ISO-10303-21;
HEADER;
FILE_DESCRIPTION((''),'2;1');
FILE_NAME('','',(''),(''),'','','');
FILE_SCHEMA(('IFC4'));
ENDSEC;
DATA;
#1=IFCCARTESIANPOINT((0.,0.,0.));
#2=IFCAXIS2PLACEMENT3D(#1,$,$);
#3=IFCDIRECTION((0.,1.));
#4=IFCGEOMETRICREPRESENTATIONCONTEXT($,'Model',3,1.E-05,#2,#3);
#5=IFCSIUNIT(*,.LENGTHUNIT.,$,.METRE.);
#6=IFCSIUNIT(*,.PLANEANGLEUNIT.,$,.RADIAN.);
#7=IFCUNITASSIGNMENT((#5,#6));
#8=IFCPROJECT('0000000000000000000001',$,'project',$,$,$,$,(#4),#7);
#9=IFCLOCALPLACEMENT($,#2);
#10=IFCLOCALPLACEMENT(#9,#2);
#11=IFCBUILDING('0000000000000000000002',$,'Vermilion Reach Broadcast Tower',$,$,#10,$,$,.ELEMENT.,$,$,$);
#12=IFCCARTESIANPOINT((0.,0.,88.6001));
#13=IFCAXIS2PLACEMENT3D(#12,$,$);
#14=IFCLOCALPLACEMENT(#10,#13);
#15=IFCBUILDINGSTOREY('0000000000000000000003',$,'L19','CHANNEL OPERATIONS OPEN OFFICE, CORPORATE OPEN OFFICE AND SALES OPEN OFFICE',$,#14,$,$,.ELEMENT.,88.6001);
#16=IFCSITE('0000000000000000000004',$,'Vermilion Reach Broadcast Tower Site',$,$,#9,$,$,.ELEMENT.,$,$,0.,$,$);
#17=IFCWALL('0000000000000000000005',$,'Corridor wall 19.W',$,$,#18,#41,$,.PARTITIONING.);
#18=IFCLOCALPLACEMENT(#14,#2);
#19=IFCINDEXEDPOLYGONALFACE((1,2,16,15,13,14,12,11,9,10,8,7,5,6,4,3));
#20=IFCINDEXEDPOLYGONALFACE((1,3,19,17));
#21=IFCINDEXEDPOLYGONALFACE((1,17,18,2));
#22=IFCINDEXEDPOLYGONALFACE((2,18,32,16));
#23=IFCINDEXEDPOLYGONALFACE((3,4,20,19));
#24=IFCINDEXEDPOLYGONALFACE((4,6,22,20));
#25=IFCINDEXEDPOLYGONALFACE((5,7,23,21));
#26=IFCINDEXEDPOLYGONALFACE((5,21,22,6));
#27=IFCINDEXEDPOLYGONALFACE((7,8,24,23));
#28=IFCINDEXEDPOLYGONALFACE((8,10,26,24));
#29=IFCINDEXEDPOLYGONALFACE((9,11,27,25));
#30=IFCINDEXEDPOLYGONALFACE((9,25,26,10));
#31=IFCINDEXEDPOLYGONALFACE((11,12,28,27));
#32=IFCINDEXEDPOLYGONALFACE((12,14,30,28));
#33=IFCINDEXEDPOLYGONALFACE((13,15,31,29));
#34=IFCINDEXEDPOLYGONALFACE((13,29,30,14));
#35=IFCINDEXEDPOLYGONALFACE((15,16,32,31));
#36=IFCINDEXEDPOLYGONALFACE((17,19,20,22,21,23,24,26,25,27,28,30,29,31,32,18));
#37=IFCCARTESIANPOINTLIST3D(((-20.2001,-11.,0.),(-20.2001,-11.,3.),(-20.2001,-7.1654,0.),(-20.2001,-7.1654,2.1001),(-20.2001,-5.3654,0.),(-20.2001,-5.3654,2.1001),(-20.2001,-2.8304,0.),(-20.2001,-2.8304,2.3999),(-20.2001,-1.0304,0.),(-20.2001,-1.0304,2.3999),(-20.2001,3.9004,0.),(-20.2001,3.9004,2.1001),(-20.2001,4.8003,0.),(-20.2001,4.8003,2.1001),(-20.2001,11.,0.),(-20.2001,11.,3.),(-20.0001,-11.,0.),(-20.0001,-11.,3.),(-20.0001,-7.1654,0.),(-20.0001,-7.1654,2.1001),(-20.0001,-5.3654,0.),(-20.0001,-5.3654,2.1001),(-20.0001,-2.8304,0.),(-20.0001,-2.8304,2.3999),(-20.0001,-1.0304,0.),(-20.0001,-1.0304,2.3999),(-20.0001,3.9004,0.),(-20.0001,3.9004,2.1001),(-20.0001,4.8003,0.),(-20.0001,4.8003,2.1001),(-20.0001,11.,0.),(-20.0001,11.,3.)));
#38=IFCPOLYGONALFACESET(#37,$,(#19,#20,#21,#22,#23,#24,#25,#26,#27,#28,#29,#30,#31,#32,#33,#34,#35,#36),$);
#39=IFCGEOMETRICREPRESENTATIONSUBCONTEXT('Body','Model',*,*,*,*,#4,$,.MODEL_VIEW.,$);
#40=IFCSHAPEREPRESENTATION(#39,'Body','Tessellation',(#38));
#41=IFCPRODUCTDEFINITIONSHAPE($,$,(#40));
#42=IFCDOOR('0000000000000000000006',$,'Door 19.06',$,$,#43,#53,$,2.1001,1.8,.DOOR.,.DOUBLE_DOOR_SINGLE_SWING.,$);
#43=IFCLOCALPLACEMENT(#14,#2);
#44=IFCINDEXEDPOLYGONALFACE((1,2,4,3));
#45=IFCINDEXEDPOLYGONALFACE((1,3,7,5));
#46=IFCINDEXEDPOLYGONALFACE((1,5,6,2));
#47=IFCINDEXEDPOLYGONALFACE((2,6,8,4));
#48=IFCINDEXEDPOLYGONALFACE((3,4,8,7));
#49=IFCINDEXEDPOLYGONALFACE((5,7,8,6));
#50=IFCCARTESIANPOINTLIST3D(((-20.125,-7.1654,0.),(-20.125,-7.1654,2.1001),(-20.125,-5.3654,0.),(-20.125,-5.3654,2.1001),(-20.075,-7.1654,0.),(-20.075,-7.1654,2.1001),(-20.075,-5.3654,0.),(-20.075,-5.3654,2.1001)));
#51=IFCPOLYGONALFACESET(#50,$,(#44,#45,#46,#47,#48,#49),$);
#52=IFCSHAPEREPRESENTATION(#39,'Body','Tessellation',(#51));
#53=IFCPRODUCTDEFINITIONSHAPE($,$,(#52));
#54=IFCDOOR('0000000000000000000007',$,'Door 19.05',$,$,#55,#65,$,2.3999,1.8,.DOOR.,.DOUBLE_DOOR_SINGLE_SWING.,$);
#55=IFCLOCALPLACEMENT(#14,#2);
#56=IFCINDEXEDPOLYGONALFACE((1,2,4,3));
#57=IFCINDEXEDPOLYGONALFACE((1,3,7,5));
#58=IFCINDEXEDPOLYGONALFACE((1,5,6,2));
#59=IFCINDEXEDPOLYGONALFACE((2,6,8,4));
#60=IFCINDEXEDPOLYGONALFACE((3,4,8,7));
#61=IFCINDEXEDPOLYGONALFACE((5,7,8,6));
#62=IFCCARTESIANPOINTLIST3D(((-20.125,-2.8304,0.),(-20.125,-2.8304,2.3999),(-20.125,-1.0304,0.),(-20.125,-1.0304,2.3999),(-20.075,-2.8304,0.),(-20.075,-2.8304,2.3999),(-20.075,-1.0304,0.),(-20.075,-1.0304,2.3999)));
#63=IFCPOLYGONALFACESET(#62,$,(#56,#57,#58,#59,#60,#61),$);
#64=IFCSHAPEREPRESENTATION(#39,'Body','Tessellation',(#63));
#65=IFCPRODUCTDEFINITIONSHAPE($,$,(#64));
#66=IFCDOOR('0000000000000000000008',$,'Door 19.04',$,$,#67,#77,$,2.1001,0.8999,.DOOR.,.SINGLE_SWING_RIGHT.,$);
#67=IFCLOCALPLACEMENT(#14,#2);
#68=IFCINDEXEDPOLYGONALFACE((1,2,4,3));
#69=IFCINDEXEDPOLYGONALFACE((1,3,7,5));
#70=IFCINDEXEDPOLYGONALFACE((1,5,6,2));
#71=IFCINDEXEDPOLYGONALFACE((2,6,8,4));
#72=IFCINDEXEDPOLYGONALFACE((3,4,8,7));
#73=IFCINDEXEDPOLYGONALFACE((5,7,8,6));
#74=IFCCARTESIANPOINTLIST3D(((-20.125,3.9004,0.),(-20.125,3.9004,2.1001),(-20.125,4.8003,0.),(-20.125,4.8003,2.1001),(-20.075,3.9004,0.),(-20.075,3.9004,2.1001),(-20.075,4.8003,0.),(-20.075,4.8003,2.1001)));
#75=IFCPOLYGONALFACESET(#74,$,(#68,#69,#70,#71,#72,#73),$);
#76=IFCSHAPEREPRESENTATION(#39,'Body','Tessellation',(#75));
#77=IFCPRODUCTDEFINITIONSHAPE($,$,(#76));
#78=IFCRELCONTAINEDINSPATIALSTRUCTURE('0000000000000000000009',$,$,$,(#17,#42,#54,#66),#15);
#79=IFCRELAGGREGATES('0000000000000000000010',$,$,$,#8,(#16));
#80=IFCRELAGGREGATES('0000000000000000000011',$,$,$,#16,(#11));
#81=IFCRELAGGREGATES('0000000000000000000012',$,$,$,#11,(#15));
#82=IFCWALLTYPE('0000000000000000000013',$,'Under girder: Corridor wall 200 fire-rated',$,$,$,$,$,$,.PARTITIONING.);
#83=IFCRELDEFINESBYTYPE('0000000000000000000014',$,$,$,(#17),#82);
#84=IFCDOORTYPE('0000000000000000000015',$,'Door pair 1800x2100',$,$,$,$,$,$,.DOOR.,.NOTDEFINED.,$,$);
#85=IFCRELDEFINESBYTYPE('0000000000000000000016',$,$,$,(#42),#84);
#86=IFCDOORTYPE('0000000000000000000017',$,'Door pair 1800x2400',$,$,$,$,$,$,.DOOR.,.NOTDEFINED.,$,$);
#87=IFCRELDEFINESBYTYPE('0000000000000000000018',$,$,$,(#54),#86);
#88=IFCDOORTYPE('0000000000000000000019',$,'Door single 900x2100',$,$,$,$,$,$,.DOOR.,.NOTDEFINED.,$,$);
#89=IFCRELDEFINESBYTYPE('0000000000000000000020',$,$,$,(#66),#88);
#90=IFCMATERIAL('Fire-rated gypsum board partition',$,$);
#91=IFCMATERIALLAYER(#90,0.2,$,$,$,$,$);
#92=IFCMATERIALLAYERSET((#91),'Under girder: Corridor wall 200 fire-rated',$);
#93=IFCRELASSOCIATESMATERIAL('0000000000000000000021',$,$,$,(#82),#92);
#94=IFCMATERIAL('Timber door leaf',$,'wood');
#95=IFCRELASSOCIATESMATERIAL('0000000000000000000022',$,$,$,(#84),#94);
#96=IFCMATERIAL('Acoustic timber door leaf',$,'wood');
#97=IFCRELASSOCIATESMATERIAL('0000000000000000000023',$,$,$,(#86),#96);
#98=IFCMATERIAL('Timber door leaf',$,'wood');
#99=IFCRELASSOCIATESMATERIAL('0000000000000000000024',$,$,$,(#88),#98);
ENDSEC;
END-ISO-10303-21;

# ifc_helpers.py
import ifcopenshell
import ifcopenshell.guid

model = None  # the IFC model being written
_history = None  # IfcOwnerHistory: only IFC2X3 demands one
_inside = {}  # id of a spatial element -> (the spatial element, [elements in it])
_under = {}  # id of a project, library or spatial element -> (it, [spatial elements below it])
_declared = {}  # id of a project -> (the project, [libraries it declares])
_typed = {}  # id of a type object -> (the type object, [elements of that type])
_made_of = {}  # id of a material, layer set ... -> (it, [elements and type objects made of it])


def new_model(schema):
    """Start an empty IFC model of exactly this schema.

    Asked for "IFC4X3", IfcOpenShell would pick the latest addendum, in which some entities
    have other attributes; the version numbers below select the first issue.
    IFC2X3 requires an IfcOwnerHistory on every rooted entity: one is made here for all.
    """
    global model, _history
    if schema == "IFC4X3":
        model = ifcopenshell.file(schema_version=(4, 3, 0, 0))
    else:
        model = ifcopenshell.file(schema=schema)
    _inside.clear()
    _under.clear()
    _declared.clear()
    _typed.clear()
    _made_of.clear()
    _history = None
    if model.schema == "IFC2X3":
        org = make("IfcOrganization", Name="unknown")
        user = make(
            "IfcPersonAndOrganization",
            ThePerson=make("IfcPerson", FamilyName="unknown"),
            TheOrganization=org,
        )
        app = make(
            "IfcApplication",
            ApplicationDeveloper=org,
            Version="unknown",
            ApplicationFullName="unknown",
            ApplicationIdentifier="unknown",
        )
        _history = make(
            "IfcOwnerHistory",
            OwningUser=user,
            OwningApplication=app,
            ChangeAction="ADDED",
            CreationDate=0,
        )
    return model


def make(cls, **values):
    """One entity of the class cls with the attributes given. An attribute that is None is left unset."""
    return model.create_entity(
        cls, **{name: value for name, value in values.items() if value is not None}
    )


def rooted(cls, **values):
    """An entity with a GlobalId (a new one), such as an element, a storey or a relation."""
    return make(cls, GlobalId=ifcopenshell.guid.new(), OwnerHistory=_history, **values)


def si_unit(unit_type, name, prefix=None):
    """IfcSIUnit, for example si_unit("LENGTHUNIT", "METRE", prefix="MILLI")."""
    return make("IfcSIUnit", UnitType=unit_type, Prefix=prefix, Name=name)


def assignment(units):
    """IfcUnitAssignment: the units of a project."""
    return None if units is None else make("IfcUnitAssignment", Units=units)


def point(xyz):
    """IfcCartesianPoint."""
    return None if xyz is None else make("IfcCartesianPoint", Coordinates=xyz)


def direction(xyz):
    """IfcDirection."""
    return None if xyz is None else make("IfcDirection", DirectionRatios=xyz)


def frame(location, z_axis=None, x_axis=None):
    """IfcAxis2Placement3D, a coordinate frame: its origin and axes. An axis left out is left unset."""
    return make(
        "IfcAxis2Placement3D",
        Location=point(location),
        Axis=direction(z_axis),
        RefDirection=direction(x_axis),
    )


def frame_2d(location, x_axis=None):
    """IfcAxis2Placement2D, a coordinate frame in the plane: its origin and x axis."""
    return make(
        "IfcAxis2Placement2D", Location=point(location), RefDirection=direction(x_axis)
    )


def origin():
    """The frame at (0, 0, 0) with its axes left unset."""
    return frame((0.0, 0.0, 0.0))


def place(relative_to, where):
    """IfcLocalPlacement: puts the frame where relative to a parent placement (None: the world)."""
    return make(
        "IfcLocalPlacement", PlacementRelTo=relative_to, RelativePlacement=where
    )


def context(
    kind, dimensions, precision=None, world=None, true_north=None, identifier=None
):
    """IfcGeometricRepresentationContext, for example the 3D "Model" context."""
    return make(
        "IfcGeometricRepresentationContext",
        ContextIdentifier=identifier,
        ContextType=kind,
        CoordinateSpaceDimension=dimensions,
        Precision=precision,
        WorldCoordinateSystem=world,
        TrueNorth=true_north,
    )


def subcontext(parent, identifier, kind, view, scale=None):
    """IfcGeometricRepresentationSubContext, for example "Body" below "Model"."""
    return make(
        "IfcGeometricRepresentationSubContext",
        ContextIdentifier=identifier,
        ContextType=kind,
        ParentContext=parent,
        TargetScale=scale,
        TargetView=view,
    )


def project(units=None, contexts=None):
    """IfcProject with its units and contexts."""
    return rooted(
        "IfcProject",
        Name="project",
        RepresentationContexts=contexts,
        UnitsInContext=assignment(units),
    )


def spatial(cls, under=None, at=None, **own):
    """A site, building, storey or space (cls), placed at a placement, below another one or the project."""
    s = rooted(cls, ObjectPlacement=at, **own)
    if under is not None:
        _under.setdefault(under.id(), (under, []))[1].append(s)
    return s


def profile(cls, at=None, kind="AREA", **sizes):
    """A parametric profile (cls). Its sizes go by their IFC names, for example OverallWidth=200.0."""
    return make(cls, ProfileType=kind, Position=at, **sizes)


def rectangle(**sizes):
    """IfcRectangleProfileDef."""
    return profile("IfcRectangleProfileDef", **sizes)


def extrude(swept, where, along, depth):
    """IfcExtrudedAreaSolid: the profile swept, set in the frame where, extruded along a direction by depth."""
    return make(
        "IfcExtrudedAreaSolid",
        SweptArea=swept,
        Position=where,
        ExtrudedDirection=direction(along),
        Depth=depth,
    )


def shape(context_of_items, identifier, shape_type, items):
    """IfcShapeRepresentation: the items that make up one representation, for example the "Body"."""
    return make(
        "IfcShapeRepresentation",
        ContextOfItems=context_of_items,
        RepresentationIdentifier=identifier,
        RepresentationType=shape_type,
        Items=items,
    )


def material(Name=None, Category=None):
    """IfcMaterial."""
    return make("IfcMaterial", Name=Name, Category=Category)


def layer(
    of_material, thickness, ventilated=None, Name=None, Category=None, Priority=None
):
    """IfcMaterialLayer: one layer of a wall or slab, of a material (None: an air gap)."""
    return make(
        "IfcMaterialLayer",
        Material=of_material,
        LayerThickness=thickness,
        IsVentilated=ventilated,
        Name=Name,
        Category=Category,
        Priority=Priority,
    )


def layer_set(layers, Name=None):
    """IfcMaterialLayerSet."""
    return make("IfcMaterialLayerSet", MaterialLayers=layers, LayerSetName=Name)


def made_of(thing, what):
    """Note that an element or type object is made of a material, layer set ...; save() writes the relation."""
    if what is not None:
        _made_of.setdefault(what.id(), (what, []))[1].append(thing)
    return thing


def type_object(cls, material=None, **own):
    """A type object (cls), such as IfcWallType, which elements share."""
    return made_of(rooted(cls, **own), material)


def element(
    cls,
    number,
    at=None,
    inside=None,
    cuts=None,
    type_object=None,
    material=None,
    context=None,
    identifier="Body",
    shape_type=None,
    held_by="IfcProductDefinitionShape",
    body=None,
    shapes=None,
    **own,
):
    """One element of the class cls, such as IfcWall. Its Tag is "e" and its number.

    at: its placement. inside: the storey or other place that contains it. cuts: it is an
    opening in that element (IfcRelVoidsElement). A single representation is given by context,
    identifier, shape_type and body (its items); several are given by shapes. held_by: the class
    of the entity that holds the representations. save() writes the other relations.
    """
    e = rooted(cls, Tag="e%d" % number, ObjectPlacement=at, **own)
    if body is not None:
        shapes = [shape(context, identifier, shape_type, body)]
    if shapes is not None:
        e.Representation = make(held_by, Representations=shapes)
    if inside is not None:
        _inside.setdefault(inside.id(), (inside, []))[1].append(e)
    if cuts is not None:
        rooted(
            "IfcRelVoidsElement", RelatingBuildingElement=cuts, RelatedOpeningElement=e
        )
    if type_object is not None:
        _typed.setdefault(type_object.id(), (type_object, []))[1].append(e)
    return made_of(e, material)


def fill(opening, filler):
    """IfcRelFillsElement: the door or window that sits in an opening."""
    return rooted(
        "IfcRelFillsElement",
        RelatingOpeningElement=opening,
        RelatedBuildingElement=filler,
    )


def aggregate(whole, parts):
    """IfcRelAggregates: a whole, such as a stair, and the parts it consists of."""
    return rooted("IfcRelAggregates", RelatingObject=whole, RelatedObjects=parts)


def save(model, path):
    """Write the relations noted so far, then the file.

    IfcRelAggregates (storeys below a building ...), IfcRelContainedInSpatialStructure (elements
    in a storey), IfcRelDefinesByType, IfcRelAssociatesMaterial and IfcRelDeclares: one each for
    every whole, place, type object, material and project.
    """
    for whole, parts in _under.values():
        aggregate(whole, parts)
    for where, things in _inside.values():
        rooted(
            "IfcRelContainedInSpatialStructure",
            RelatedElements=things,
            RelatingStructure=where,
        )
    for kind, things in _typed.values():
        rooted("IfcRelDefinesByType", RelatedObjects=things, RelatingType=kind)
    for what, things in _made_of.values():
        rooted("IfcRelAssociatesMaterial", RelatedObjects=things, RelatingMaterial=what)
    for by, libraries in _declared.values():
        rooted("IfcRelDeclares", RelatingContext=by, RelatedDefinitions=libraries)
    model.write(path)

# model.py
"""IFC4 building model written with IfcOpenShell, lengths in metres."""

from ifc_helpers import new_model, si_unit, direction, frame, frame_2d, origin, place, context, subcontext, project, spatial, rectangle, extrude, material, layer, layer_set, type_object, element, fill, save


model = new_model("IFC4")

# Units and contexts
model_context = context("Model", 3, precision=1e-05, world=origin(), true_north=direction((0.0, 1.0)))
body_context = subcontext(model_context, "Body", "Model", "MODEL_VIEW")
ifc_project = project(units=[si_unit("LENGTHUNIT", "METRE"), si_unit("PLANEANGLEUNIT", "RADIAN")], contexts=[model_context])

# Site, building, storey
site_placement = place(None, origin())
site = spatial("IfcSite", under=ifc_project, at=site_placement, Name="Vermilion Reach Broadcast Tower Site", CompositionType="ELEMENT", RefElevation=0.0)
building_placement = place(site_placement, origin())
building = spatial("IfcBuilding", under=site, at=building_placement, Name="Vermilion Reach Broadcast Tower", CompositionType="ELEMENT")
storey_placement = place(building_placement, frame((0.0, 0.0, 88.6001)))
storey = spatial("IfcBuildingStorey", under=building, at=storey_placement, Name="L19", Description="CHANNEL OPERATIONS OPEN OFFICE, CORPORATE OPEN OFFICE AND SALES OPEN OFFICE", CompositionType="ELEMENT", Elevation=88.6001)

# Wall, openings, doors
ifc_material_1 = material(Name="Fire-rated gypsum board partition")
ifc_layer_1 = layer(ifc_material_1, 0.2)
ifc_layer_set_1 = layer_set([ifc_layer_1], Name="Under girder: Corridor wall 200 fire-rated")
wall_type_1 = type_object("IfcWallType", Name="Under girder: Corridor wall 200 fire-rated", PredefinedType="PARTITIONING", material=ifc_layer_set_1)
wall_1_placement = place(storey_placement, frame((-20.1001, -11.0, 0.0), z_axis=(0.0, 0.0, 1.0), x_axis=(0.0, 1.0, 0.0)))
wall_1 = element("IfcWall", 1, at=wall_1_placement, inside=storey, type_object=wall_type_1, Name="Corridor wall 19.W", PredefinedType="PARTITIONING", context=body_context, shape_type="SweptSolid", body=[
    extrude(rectangle(XDim=22.0, YDim=0.2, at=frame_2d((11.0, 0.0))), origin(), (0.0, 0.0, 1.0), 3.0),
])
opening_1_placement = place(wall_1_placement, frame((14.9004, 0.0, 0.0)))
opening_1 = element("IfcOpeningElement", 2, at=opening_1_placement, cuts=wall_1, PredefinedType="OPENING", context=body_context, shape_type="SweptSolid", body=[
    extrude(rectangle(XDim=0.8999, YDim=2.1001, at=frame_2d((0.45, 1.05))), frame((0.0, 0.1099, 0.0), z_axis=(0.0, -1.0, 0.0), x_axis=(1.0, 0.0, 0.0)), (0.0, 0.0, 1.0), 0.22),
])
opening_2_placement = place(wall_1_placement, frame((8.1697, 0.0, 0.0)))
opening_2 = element("IfcOpeningElement", 3, at=opening_2_placement, cuts=wall_1, PredefinedType="OPENING", context=body_context, shape_type="SweptSolid", body=[
    extrude(rectangle(XDim=1.8, YDim=2.3999, at=frame_2d((0.8999, 1.2))), frame((0.0, 0.1099, 0.0), z_axis=(0.0, -1.0, 0.0), x_axis=(1.0, 0.0, 0.0)), (0.0, 0.0, 1.0), 0.22),
])
opening_3_placement = place(wall_1_placement, frame((3.8347, 0.0, 0.0)))
opening_3 = element("IfcOpeningElement", 4, at=opening_3_placement, cuts=wall_1, PredefinedType="OPENING", context=body_context, shape_type="SweptSolid", body=[
    extrude(rectangle(XDim=1.8, YDim=2.1001, at=frame_2d((0.8999, 1.05))), frame((0.0, 0.1099, 0.0), z_axis=(0.0, -1.0, 0.0), x_axis=(1.0, 0.0, 0.0)), (0.0, 0.0, 1.0), 0.22),
])
ifc_material_2 = material(Name="Timber door leaf", Category="wood")
door_type_1 = type_object("IfcDoorType", Name="Door pair 1800x2100", OperationType="NOTDEFINED", PredefinedType="DOOR", material=ifc_material_2)
door_1_placement = place(opening_3_placement, origin())
door_1 = element("IfcDoor", 5, at=door_1_placement, inside=storey, type_object=door_type_1, Name="Door 19.06", OperationType="DOUBLE_DOOR_SINGLE_SWING", OverallHeight=2.1001, OverallWidth=1.8, PredefinedType="DOOR", context=body_context, shape_type="SweptSolid", body=[
    extrude(rectangle(XDim=1.8, YDim=2.1001, at=frame_2d((0.8999, 1.05))), frame((0.0, 0.0249, 0.0), z_axis=(0.0, -1.0, 0.0), x_axis=(1.0, 0.0, 0.0)), (0.0, 0.0, 1.0), 0.05),
])
fill(opening_3, door_1)
ifc_material_3 = material(Name="Acoustic timber door leaf", Category="wood")
door_type_2 = type_object("IfcDoorType", Name="Door pair 1800x2400", OperationType="NOTDEFINED", PredefinedType="DOOR", material=ifc_material_3)
door_2_placement = place(opening_2_placement, origin())
door_2 = element("IfcDoor", 6, at=door_2_placement, inside=storey, type_object=door_type_2, Name="Door 19.05", OperationType="DOUBLE_DOOR_SINGLE_SWING", OverallHeight=2.3999, OverallWidth=1.8, PredefinedType="DOOR", context=body_context, shape_type="SweptSolid", body=[
    extrude(rectangle(XDim=1.8, YDim=2.3999, at=frame_2d((0.8999, 1.2))), frame((0.0, 0.0249, 0.0), z_axis=(0.0, -1.0, 0.0), x_axis=(1.0, 0.0, 0.0)), (0.0, 0.0, 1.0), 0.05),
])
fill(opening_2, door_2)
ifc_material_4 = material(Name="Timber door leaf", Category="wood")
door_type_3 = type_object("IfcDoorType", Name="Door single 900x2100", OperationType="NOTDEFINED", PredefinedType="DOOR", material=ifc_material_4)
door_3_placement = place(opening_1_placement, origin())
door_3 = element("IfcDoor", 7, at=door_3_placement, inside=storey, type_object=door_type_3, Name="Door 19.04", OperationType="SINGLE_SWING_RIGHT", OverallHeight=2.1001, OverallWidth=0.8999, PredefinedType="DOOR", context=body_context, shape_type="SweptSolid", body=[
    extrude(rectangle(XDim=0.8999, YDim=2.1001, at=frame_2d((0.45, 1.05))), frame((0.0, 0.0249, 0.0), z_axis=(0.0, -1.0, 0.0), x_axis=(1.0, 0.0, 0.0)), (0.0, 0.0, 1.0), 0.05),
])
fill(opening_1, door_3)

save(model, "model.ifc")
